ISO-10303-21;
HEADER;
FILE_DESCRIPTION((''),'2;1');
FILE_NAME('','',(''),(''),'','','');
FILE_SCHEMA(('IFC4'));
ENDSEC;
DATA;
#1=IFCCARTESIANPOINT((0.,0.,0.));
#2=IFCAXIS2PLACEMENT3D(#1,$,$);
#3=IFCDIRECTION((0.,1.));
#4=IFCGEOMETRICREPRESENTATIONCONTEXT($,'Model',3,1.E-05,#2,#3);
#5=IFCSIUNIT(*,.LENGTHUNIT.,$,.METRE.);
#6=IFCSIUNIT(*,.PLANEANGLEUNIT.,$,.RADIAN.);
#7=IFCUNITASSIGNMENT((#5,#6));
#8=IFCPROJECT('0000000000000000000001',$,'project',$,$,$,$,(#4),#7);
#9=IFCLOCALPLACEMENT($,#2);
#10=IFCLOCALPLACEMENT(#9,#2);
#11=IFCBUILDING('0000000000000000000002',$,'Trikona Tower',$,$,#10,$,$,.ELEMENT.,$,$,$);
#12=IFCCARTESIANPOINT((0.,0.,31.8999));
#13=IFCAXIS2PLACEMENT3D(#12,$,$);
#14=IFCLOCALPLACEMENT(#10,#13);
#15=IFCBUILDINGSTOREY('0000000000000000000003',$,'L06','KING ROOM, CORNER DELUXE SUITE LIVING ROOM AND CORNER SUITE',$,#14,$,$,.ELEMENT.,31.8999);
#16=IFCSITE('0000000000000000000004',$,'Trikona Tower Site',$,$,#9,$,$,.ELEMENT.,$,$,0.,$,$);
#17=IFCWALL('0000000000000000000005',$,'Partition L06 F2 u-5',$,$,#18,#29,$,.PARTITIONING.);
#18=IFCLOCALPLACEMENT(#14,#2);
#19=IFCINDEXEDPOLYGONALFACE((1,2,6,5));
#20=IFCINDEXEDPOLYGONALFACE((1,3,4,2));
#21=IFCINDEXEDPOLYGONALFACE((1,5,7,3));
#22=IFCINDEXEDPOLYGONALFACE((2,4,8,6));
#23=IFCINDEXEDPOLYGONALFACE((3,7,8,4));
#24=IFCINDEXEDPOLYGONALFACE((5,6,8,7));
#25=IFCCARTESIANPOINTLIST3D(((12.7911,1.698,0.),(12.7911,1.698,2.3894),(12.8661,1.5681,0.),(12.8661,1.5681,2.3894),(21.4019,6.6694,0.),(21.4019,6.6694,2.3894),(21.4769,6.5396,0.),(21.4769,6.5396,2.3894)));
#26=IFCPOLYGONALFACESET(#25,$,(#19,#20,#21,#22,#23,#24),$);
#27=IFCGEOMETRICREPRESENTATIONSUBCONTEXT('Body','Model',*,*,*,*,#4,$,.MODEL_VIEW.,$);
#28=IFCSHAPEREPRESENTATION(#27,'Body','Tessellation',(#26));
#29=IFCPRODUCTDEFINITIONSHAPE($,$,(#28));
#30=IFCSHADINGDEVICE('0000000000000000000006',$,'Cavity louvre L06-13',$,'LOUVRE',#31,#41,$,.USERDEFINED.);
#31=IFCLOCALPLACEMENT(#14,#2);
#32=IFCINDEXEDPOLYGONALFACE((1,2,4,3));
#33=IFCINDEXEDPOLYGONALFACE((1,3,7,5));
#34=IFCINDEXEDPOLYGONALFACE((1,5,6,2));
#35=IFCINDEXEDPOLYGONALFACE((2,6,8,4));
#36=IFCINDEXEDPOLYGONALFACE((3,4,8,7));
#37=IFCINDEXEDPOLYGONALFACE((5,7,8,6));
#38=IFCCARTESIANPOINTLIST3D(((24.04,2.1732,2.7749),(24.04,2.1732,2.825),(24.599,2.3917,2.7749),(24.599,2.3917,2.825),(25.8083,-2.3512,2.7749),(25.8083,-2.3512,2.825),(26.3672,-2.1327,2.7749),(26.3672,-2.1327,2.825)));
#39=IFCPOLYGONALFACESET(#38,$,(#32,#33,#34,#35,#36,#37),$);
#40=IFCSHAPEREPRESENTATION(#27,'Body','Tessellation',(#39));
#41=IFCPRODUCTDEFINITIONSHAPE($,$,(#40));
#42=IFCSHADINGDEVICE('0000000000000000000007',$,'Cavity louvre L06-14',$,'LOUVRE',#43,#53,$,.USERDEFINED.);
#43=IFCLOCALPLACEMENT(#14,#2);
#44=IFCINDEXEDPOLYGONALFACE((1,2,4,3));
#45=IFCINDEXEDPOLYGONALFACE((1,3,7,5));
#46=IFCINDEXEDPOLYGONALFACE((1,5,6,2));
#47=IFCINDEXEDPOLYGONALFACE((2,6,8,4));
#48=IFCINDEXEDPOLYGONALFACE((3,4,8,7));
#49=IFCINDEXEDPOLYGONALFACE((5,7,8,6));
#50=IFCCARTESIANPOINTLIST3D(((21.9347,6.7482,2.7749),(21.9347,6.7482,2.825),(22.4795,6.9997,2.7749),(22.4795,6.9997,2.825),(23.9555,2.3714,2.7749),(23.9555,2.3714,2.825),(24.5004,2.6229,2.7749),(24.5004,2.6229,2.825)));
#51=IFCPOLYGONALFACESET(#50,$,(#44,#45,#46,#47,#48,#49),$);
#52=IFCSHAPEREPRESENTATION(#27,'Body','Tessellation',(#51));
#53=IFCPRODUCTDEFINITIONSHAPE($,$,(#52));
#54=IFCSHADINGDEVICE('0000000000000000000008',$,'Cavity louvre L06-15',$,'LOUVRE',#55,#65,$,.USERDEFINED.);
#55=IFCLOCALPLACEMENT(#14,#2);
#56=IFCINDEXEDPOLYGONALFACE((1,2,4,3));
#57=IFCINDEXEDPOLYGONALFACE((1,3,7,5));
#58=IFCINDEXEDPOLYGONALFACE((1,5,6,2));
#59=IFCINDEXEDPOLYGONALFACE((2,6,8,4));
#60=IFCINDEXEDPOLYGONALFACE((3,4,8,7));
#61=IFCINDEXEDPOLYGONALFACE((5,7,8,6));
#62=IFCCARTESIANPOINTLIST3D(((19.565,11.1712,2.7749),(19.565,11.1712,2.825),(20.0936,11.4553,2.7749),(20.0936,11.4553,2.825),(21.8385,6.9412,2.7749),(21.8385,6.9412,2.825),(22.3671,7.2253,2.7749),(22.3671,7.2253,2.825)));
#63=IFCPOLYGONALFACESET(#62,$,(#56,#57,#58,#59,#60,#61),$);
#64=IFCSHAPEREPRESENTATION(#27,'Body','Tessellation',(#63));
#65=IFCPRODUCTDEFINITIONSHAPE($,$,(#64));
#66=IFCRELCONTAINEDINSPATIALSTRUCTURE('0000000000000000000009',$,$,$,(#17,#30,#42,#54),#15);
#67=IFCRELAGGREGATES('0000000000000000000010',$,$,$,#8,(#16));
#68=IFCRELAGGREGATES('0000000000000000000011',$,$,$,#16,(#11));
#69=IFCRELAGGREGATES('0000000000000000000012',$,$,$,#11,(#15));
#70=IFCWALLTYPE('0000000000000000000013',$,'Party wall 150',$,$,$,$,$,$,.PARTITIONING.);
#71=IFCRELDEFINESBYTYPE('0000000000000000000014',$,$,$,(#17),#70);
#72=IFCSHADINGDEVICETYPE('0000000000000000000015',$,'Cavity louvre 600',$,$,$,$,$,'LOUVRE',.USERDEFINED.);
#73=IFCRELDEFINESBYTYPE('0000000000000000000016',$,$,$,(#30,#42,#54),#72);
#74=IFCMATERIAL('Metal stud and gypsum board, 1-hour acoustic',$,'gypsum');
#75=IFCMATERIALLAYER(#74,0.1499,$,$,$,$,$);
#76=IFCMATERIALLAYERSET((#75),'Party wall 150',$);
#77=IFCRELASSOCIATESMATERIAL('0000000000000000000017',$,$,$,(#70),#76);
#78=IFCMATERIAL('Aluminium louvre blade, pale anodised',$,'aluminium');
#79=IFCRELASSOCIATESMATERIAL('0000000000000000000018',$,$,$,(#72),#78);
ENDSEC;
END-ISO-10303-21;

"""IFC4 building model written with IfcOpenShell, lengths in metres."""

from ifc_helpers import new_model, si_unit, direction, frame, frame_2d, origin, origin_2d, place, context, subcontext, project, spatial, rectangle, extrude, material, layer, layer_set, type_object, element, save


model = new_model("IFC4")

# Units and contexts
model_context = context("Model", 3, precision=1e-05, world=origin(), true_north=direction((0.0, 1.0)))
body_context = subcontext(model_context, "Body", "Model", "MODEL_VIEW")
ifc_project = project(units=[si_unit("LENGTHUNIT", "METRE"), si_unit("PLANEANGLEUNIT", "RADIAN")], contexts=[model_context])

# Site, building, storey
site_placement = place(None, origin())
site = spatial("IfcSite", under=ifc_project, at=site_placement, Name="Trikona Tower Site", CompositionType="ELEMENT", RefElevation=0.0)
building_placement = place(site_placement, origin())
building = spatial("IfcBuilding", under=site, at=building_placement, Name="Trikona Tower", CompositionType="ELEMENT")
storey_placement = place(building_placement, frame((0.0, 0.0, 31.8999)))
storey = spatial("IfcBuildingStorey", under=building, at=storey_placement, Name="L06", Description="KING ROOM, CORNER DELUXE SUITE LIVING ROOM AND CORNER SUITE", CompositionType="ELEMENT", Elevation=31.8999)

# Wall
ifc_material_1 = material(Name="Metal stud and gypsum board, 1-hour acoustic", Category="gypsum")
ifc_layer_1 = layer(ifc_material_1, 0.1499)
ifc_layer_set_1 = layer_set([ifc_layer_1], Name="Party wall 150")
wall_type_1 = type_object("IfcWallType", Name="Party wall 150", PredefinedType="PARTITIONING", material=ifc_layer_set_1)
wall_1_placement = place(storey_placement, frame((12.8286, 1.6331, 0.0), z_axis=(0.0, 0.0, 1.0), x_axis=(0.866027, 0.499997, 0.0)))
element("IfcWall", 1, at=wall_1_placement, inside=storey, type_object=wall_type_1, Name="Partition L06 F2 u-5", PredefinedType="PARTITIONING", context=body_context, shape_type="SweptSolid", body=[
    extrude(rectangle(XDim=9.9429, YDim=0.1499, at=frame_2d((4.9714, 0.0))), origin(), (0.0, 0.0, 1.0), 2.3894),
])

# Shading devices
ifc_material_2 = material(Name="Aluminium louvre blade, pale anodised", Category="aluminium")
shading_device_type = type_object("IfcShadingDeviceType", Name="Cavity louvre 600", ElementType="LOUVRE", PredefinedType="USERDEFINED", material=ifc_material_2)
shading_device_1_placement = place(storey_placement, frame((25.2036, 0.0203, 2.7749), z_axis=(0.0, 0.0, 1.0), x_axis=(-0.364009, 0.931395, 0.0)))
element("IfcShadingDevice", 2, at=shading_device_1_placement, inside=storey, type_object=shading_device_type, Name="Cavity louvre L06-13", ObjectType="LOUVRE", PredefinedType="USERDEFINED", context=body_context, shape_type="SweptSolid", body=[
    extrude(rectangle(XDim=4.8577, YDim=0.6001, at=origin_2d()), origin(), (0.0, 0.0, 1.0), 0.05),
])
shading_device_2_placement = place(storey_placement, frame((23.2175, 4.6855, 2.7749), z_axis=(0.0, 0.0, 1.0), x_axis=(-0.419194, 0.907897, 0.0)))
element("IfcShadingDevice", 3, at=shading_device_2_placement, inside=storey, type_object=shading_device_type, Name="Cavity louvre L06-14", ObjectType="LOUVRE", PredefinedType="USERDEFINED", context=body_context, shape_type="SweptSolid", body=[
    extrude(rectangle(XDim=4.8208, YDim=0.6001, at=origin_2d()), origin(), (0.0, 0.0, 1.0), 0.05),
])
shading_device_3_placement = place(storey_placement, frame((20.9661, 9.1982, 2.7749), z_axis=(0.0, 0.0, 1.0), x_axis=(-0.473423, 0.880835, 0.0)))
element("IfcShadingDevice", 4, at=shading_device_3_placement, inside=storey, type_object=shading_device_type, Name="Cavity louvre L06-15", ObjectType="LOUVRE", PredefinedType="USERDEFINED", context=body_context, shape_type="SweptSolid", body=[
    extrude(rectangle(XDim=4.8022, YDim=0.6001, at=origin_2d()), origin(), (0.0, 0.0, 1.0), 0.05),
])

save(model, "model.ifc")
